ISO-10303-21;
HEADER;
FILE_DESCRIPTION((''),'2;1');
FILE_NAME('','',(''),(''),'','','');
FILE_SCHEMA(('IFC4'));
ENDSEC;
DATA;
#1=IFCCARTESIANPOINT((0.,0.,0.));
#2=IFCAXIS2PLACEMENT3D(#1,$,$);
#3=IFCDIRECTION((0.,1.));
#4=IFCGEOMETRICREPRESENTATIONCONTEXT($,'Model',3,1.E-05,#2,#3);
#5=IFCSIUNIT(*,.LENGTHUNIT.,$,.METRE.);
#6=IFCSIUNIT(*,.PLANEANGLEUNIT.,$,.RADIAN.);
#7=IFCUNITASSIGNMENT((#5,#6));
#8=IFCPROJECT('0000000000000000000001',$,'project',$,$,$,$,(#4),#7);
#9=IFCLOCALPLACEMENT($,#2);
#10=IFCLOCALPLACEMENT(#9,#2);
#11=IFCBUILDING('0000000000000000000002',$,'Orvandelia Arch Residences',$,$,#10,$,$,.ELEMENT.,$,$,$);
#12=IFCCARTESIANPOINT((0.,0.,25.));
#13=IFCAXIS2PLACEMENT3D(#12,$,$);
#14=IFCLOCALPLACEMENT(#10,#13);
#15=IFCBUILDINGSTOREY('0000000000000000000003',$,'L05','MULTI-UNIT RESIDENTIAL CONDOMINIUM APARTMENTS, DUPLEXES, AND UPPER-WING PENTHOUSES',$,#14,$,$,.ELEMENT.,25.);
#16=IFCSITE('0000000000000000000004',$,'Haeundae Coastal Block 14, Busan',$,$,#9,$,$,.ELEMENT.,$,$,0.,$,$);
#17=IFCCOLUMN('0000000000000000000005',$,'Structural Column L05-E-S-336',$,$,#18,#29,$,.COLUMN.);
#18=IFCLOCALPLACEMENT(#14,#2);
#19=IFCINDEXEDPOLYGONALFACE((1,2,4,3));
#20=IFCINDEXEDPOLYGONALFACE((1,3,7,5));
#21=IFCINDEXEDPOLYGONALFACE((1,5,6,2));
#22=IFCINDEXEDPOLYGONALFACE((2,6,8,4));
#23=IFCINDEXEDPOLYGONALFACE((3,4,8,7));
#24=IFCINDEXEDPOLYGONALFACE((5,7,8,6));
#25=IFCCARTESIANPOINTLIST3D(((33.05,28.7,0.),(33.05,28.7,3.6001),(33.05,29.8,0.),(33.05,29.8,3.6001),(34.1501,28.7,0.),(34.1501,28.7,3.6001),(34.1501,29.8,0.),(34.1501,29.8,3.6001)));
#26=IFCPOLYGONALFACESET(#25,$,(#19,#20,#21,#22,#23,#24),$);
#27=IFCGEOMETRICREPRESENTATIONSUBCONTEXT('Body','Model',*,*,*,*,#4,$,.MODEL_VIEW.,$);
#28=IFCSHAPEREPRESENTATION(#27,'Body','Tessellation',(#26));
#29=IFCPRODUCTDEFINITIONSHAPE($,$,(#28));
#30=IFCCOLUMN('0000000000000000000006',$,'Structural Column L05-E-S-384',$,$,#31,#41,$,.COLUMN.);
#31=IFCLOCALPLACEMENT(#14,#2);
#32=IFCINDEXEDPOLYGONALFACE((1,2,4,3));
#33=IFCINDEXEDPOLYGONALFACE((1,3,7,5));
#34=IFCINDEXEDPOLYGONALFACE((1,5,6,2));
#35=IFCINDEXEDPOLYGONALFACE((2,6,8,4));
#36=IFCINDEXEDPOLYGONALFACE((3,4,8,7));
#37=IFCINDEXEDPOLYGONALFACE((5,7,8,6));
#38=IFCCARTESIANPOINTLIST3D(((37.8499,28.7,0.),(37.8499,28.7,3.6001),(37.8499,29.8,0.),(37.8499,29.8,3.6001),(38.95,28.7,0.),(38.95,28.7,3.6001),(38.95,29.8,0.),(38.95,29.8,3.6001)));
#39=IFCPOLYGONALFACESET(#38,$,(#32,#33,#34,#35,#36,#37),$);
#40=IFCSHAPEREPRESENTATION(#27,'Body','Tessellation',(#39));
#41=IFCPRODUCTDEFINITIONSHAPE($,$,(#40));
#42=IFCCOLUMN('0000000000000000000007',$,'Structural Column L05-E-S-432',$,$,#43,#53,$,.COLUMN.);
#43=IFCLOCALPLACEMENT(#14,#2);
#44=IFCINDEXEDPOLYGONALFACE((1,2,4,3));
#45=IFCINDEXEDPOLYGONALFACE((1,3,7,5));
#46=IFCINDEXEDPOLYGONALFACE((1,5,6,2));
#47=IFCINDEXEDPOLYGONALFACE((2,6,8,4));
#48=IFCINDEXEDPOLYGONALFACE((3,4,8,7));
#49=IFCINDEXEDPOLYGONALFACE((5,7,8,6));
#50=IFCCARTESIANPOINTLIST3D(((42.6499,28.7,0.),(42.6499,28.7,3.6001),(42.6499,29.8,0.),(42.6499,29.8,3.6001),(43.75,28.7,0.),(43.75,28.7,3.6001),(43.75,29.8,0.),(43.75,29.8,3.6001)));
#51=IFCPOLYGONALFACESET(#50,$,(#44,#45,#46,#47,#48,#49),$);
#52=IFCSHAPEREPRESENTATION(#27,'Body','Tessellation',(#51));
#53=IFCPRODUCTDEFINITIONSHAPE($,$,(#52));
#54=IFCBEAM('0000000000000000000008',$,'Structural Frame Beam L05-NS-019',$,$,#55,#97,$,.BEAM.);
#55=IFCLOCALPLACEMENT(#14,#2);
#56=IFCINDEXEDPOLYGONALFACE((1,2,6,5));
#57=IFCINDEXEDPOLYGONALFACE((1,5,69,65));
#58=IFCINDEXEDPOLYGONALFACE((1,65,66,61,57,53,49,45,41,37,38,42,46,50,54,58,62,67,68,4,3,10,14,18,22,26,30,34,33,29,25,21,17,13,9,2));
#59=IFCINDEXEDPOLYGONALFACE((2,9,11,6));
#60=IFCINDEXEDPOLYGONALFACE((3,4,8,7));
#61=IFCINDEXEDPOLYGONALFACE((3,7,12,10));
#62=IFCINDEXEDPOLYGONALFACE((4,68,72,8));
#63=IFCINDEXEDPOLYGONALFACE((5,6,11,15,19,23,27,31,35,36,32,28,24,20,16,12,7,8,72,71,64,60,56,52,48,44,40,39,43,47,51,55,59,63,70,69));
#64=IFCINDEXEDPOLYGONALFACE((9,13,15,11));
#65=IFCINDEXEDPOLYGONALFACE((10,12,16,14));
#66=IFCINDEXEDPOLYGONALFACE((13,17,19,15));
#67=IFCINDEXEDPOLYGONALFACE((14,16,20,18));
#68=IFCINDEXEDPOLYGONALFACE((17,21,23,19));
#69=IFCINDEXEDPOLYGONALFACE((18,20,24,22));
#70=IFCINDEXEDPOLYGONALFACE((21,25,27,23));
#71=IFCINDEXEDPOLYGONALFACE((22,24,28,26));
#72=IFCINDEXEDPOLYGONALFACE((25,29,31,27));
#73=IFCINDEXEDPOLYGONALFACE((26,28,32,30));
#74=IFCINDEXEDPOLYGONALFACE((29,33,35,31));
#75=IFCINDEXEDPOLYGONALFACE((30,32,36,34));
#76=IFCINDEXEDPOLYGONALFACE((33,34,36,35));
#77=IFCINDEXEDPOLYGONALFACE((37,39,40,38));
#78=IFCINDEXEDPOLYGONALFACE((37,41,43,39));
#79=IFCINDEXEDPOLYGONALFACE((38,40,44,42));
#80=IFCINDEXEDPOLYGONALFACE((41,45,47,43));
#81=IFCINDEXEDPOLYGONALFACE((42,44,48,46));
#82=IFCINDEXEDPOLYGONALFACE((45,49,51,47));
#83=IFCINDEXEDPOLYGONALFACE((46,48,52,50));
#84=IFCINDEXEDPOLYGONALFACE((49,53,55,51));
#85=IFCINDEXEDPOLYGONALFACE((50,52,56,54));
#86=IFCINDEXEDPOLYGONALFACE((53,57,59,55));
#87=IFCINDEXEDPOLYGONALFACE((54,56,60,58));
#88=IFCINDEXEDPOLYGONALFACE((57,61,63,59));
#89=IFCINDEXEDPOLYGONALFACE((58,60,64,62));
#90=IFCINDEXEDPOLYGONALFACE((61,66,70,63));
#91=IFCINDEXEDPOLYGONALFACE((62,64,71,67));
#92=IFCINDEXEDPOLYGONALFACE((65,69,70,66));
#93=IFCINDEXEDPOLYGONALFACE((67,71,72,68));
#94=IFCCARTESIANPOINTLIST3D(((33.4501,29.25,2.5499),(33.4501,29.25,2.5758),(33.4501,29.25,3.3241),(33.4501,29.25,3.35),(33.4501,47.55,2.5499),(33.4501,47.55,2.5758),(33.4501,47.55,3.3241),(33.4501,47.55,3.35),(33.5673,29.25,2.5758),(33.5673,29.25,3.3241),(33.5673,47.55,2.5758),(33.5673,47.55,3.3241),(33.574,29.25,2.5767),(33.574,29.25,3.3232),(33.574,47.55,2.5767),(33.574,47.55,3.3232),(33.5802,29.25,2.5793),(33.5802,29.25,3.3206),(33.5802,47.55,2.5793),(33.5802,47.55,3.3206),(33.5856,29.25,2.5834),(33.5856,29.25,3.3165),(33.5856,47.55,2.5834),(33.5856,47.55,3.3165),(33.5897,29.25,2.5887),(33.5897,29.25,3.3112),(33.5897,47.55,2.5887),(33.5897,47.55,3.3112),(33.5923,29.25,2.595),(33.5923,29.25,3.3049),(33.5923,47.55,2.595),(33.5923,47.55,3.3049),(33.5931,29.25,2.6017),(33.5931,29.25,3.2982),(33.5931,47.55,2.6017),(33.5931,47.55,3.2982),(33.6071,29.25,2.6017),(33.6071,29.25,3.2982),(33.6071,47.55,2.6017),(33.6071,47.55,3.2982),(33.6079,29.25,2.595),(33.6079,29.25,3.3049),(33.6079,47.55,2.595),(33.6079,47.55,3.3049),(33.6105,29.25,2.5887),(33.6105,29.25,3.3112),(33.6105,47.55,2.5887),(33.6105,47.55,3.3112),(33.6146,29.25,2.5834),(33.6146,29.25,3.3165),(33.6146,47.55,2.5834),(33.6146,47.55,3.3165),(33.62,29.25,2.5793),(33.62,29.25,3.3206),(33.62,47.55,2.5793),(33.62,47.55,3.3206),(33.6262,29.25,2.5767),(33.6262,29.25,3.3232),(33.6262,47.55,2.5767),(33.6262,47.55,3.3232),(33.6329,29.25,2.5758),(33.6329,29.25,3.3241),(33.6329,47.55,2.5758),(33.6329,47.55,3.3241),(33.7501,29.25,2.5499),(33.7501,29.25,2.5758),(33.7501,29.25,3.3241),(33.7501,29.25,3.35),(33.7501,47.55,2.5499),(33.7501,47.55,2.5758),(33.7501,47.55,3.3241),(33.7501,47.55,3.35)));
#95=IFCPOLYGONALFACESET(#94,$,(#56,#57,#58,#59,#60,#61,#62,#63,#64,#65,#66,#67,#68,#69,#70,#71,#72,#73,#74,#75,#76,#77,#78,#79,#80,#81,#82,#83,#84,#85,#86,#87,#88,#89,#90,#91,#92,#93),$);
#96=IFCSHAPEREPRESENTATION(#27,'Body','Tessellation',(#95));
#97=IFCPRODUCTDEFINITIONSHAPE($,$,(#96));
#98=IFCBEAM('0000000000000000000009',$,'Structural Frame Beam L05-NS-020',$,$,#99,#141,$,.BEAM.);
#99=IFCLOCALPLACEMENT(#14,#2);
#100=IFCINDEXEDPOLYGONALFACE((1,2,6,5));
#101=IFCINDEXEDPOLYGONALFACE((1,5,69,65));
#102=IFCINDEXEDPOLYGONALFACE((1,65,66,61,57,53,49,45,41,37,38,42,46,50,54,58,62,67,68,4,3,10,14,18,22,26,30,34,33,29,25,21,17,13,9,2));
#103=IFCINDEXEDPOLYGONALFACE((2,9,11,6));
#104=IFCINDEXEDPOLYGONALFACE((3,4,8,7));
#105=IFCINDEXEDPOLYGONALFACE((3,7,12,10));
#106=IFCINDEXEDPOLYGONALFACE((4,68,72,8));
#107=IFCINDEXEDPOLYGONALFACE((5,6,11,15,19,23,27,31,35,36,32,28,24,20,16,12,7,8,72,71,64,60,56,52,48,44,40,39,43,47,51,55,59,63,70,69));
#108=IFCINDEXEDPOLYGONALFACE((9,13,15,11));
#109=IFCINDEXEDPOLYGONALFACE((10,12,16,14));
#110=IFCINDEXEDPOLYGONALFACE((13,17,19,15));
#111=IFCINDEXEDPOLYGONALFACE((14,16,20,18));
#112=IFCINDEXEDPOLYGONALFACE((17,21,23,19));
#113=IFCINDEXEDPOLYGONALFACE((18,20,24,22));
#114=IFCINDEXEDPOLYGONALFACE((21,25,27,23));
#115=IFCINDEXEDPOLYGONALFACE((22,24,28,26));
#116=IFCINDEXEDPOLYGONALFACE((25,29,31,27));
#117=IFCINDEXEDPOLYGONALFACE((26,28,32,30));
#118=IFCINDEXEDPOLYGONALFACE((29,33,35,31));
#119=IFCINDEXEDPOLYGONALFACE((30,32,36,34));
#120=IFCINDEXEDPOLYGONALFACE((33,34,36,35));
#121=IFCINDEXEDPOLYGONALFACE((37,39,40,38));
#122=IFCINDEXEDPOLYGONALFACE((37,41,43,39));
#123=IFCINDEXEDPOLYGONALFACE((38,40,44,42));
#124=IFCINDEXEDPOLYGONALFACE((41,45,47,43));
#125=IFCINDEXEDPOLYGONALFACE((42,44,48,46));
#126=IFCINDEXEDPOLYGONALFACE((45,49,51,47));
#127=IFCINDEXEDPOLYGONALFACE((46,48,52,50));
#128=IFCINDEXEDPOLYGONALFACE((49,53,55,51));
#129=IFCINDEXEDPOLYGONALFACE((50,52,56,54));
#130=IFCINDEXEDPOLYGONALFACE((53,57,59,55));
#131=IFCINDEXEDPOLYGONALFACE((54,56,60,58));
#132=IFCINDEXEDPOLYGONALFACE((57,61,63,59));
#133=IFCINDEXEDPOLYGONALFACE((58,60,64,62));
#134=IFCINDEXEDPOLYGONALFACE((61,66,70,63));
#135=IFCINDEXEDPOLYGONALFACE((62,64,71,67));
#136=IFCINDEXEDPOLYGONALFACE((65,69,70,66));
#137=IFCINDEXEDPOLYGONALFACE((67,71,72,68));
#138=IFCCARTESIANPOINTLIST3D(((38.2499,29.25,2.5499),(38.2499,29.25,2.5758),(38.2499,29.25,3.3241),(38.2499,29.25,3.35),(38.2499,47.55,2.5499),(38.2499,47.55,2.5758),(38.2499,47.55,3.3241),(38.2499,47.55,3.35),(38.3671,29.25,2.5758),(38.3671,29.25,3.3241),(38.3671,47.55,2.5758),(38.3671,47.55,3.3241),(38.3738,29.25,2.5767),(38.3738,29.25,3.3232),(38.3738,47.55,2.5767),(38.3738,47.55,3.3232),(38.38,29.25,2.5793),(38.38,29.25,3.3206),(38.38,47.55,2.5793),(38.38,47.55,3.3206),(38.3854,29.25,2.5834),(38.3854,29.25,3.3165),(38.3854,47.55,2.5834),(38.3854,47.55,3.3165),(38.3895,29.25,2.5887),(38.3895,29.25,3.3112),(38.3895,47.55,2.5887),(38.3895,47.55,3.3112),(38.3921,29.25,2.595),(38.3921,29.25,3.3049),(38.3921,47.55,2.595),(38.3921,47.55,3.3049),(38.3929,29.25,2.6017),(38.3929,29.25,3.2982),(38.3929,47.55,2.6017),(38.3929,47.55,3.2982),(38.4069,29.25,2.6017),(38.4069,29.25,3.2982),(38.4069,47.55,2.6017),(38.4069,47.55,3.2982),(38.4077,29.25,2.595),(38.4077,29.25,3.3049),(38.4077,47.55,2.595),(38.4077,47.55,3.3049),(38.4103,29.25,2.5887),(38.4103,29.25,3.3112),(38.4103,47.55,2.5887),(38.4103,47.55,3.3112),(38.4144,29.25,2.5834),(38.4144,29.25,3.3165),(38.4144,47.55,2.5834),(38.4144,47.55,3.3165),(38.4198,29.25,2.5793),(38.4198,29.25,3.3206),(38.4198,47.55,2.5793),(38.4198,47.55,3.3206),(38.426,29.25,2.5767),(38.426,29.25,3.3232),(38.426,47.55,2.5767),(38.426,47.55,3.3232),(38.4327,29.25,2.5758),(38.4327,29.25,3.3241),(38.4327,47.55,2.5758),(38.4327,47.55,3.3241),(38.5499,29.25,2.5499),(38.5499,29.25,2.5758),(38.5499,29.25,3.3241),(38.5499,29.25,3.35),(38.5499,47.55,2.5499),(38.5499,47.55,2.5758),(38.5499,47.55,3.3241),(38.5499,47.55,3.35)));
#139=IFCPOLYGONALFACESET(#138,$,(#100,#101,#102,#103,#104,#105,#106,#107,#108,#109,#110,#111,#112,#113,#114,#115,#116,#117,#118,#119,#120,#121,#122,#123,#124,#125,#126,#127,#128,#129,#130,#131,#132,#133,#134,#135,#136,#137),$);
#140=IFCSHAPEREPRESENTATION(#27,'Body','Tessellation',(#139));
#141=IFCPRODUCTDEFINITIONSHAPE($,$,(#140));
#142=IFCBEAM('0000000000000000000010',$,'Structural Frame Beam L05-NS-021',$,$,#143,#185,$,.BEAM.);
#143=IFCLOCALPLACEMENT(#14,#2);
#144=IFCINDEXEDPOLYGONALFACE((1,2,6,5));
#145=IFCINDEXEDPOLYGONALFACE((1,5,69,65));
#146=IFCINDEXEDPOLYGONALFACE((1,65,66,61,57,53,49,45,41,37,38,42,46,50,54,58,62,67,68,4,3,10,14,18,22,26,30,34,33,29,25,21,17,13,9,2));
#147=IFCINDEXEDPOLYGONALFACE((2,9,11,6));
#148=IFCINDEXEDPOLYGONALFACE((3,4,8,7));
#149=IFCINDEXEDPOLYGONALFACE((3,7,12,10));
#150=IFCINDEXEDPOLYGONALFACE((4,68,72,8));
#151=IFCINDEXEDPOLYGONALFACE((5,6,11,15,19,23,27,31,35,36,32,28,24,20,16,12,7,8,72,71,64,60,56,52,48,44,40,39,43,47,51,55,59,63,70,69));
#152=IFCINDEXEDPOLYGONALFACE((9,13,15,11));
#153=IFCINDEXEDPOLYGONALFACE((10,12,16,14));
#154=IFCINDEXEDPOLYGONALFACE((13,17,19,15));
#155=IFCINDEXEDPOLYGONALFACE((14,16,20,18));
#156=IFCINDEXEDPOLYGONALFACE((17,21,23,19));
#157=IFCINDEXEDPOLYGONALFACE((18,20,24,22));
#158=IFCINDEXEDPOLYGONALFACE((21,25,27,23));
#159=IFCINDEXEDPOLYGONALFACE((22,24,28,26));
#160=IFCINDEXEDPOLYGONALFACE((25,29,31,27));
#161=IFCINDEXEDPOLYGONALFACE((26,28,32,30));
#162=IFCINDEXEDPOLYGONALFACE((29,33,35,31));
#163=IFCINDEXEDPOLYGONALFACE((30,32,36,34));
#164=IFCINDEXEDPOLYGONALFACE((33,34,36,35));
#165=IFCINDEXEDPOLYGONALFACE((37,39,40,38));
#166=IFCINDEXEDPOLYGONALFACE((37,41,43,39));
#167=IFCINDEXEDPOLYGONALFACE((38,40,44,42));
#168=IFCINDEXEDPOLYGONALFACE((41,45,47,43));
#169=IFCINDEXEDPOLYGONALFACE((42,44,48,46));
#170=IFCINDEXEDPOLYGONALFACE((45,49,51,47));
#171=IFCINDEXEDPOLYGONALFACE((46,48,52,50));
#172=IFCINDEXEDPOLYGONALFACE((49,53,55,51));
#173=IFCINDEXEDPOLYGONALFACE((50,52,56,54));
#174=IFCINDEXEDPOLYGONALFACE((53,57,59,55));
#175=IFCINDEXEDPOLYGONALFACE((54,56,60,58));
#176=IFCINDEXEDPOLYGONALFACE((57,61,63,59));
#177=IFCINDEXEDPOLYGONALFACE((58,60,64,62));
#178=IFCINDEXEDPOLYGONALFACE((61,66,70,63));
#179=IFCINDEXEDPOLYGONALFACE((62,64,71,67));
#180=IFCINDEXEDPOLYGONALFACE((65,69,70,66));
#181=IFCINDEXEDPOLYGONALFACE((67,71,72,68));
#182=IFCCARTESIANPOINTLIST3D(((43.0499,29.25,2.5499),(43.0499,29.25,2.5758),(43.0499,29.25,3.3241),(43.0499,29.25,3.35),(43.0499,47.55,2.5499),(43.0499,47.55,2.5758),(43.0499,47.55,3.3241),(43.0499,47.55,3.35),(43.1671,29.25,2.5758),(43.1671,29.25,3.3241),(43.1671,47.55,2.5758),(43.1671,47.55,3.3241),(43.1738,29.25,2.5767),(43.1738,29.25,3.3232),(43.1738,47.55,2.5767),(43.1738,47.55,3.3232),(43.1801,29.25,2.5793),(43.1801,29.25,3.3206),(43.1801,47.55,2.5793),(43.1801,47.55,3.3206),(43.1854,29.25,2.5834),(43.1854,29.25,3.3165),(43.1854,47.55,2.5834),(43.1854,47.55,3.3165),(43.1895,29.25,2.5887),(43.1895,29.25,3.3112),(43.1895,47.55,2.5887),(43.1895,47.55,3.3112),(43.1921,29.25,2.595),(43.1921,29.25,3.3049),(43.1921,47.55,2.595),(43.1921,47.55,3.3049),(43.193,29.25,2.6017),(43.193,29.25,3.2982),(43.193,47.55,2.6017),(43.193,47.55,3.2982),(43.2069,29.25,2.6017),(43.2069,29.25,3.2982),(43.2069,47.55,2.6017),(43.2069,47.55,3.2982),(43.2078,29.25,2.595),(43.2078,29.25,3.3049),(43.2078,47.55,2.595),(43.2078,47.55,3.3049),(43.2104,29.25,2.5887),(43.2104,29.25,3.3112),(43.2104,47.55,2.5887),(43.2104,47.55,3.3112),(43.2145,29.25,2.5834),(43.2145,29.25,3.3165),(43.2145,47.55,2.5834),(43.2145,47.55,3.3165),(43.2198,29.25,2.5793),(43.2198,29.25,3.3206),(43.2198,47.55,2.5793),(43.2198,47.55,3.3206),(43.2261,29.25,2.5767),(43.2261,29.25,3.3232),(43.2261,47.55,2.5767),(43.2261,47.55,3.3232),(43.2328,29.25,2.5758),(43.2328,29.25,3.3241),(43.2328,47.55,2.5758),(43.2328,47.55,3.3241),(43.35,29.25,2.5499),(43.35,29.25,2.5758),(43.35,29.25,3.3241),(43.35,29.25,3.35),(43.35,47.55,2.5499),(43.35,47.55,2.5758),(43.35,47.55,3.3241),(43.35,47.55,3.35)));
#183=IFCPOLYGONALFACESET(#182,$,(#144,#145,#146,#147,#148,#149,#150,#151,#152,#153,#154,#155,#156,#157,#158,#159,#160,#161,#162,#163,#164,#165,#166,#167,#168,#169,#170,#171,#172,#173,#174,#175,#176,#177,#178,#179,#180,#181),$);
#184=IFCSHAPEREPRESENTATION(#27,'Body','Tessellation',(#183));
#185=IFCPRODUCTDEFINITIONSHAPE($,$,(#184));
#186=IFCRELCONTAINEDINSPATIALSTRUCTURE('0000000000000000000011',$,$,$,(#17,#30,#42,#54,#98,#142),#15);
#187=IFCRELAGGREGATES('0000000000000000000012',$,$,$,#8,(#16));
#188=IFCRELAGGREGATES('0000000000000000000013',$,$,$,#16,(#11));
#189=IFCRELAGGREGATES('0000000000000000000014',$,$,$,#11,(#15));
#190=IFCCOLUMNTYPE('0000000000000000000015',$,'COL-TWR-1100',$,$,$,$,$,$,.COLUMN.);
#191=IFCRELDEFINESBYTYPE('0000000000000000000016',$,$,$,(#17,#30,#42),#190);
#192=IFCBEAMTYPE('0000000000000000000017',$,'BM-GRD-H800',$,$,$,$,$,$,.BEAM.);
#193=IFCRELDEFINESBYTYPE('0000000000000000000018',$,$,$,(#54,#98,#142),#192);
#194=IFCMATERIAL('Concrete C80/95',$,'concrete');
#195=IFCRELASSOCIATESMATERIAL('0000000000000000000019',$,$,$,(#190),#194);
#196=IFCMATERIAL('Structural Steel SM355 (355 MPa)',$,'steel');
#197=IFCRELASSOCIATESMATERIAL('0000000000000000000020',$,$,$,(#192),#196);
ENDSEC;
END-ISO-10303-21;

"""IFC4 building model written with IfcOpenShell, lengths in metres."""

from ifc_helpers import new_model, si_unit, direction, frame, origin, origin_2d, place, context, subcontext, project, spatial, rectangle, i_section, extrude, material, material_profile, profile_set, type_object, element, save


model = new_model("IFC4")

# Units and contexts
model_context = context("Model", 3, precision=1e-05, world=origin(), true_north=direction((0.0, 1.0)))
body_context = subcontext(model_context, "Body", "Model", "MODEL_VIEW")
ifc_project = project(units=[si_unit("LENGTHUNIT", "METRE"), si_unit("PLANEANGLEUNIT", "RADIAN")], contexts=[model_context])

# Site, building, storey
site_placement = place(None, origin())
site = spatial("IfcSite", under=ifc_project, at=site_placement, Name="Haeundae Coastal Block 14, Busan", CompositionType="ELEMENT", RefElevation=0.0)
building_placement = place(site_placement, origin())
building = spatial("IfcBuilding", under=site, at=building_placement, Name="Orvandelia Arch Residences", CompositionType="ELEMENT")
storey_placement = place(building_placement, frame((0.0, 0.0, 25.0)))
storey = spatial("IfcBuildingStorey", under=building, at=storey_placement, Name="L05", Description="MULTI-UNIT RESIDENTIAL CONDOMINIUM APARTMENTS, DUPLEXES, AND UPPER-WING PENTHOUSES", CompositionType="ELEMENT", Elevation=25.0)

# Columns
ifc_material_1 = material(Name="Concrete C80/95", Category="concrete")
ifc_material_profile_1 = material_profile(ifc_material_1, rectangle(XDim=1.1001, YDim=1.1001, at=origin_2d()), Name="Concrete C80/95", Category="concrete")
ifc_profile_set_1 = profile_set([ifc_material_profile_1], Name="Concrete C80/95")
column_type = type_object("IfcColumnType", Name="COL-TWR-1100", PredefinedType="COLUMN", material=ifc_profile_set_1)
for number, where, z_axis, x_axis, name in (
    (1, (33.6001, 29.25, 0.0), (0.0, 0.0, 1.0), (1.0, 0.0, 0.0), "Structural Column L05-E-S-336"),
    (2, (38.3999, 29.25, 0.0), (0.0, 0.0, 1.0), (1.0, 0.0, 0.0), "Structural Column L05-E-S-384"),
    (3, (43.2, 29.25, 0.0), (0.0, 0.0, 1.0), (1.0, 0.0, 0.0), "Structural Column L05-E-S-432"),
):
    element("IfcColumn", number, at=place(storey_placement, frame(where, z_axis=z_axis, x_axis=x_axis)), inside=storey, type_object=column_type, Name=name, PredefinedType="COLUMN", context=body_context, shape_type="SweptSolid", body=[
        extrude(rectangle(XDim=1.1001, YDim=1.1001, at=origin_2d()), origin(), (0.0, 0.0, 1.0), 3.6001),
    ])

# Beams
ifc_material_2 = material(Name="Structural Steel SM355 (355 MPa)", Category="steel")
ifc_material_profile_2 = material_profile(ifc_material_2, i_section(OverallWidth=0.3, OverallDepth=0.8, WebThickness=0.0139, FlangeThickness=0.0259, FilletRadius=0.0259, at=origin_2d()), Name="Structural Steel SM355 (355 MPa)", Category="steel")
ifc_profile_set_2 = profile_set([ifc_material_profile_2], Name="Structural Steel SM355 (355 MPa)")
beam_type = type_object("IfcBeamType", Name="BM-GRD-H800", PredefinedType="BEAM", material=ifc_profile_set_2)
for number, where, z_axis, x_axis, name in (
    (4, (33.6001, 29.25, 2.95), (0.0, 1.0, 0.0), (-1.0, 0.0, 0.0), "Structural Frame Beam L05-NS-019"),
    (5, (38.3999, 29.25, 2.95), (0.0, 1.0, 0.0), (-1.0, 0.0, 0.0), "Structural Frame Beam L05-NS-020"),
    (6, (43.2, 29.25, 2.95), (0.0, 1.0, 0.0), (-1.0, 0.0, 0.0), "Structural Frame Beam L05-NS-021"),
):
    element("IfcBeam", number, at=place(storey_placement, frame(where, z_axis=z_axis, x_axis=x_axis)), inside=storey, type_object=beam_type, Name=name, PredefinedType="BEAM", context=body_context, shape_type="SweptSolid", body=[
        extrude(i_section(OverallWidth=0.3, OverallDepth=0.8, WebThickness=0.0139, FlangeThickness=0.0259, FilletRadius=0.0259, at=origin_2d()), origin(), (0.0, 0.0, 1.0), 18.3),
    ])

save(model, "model.ifc")
